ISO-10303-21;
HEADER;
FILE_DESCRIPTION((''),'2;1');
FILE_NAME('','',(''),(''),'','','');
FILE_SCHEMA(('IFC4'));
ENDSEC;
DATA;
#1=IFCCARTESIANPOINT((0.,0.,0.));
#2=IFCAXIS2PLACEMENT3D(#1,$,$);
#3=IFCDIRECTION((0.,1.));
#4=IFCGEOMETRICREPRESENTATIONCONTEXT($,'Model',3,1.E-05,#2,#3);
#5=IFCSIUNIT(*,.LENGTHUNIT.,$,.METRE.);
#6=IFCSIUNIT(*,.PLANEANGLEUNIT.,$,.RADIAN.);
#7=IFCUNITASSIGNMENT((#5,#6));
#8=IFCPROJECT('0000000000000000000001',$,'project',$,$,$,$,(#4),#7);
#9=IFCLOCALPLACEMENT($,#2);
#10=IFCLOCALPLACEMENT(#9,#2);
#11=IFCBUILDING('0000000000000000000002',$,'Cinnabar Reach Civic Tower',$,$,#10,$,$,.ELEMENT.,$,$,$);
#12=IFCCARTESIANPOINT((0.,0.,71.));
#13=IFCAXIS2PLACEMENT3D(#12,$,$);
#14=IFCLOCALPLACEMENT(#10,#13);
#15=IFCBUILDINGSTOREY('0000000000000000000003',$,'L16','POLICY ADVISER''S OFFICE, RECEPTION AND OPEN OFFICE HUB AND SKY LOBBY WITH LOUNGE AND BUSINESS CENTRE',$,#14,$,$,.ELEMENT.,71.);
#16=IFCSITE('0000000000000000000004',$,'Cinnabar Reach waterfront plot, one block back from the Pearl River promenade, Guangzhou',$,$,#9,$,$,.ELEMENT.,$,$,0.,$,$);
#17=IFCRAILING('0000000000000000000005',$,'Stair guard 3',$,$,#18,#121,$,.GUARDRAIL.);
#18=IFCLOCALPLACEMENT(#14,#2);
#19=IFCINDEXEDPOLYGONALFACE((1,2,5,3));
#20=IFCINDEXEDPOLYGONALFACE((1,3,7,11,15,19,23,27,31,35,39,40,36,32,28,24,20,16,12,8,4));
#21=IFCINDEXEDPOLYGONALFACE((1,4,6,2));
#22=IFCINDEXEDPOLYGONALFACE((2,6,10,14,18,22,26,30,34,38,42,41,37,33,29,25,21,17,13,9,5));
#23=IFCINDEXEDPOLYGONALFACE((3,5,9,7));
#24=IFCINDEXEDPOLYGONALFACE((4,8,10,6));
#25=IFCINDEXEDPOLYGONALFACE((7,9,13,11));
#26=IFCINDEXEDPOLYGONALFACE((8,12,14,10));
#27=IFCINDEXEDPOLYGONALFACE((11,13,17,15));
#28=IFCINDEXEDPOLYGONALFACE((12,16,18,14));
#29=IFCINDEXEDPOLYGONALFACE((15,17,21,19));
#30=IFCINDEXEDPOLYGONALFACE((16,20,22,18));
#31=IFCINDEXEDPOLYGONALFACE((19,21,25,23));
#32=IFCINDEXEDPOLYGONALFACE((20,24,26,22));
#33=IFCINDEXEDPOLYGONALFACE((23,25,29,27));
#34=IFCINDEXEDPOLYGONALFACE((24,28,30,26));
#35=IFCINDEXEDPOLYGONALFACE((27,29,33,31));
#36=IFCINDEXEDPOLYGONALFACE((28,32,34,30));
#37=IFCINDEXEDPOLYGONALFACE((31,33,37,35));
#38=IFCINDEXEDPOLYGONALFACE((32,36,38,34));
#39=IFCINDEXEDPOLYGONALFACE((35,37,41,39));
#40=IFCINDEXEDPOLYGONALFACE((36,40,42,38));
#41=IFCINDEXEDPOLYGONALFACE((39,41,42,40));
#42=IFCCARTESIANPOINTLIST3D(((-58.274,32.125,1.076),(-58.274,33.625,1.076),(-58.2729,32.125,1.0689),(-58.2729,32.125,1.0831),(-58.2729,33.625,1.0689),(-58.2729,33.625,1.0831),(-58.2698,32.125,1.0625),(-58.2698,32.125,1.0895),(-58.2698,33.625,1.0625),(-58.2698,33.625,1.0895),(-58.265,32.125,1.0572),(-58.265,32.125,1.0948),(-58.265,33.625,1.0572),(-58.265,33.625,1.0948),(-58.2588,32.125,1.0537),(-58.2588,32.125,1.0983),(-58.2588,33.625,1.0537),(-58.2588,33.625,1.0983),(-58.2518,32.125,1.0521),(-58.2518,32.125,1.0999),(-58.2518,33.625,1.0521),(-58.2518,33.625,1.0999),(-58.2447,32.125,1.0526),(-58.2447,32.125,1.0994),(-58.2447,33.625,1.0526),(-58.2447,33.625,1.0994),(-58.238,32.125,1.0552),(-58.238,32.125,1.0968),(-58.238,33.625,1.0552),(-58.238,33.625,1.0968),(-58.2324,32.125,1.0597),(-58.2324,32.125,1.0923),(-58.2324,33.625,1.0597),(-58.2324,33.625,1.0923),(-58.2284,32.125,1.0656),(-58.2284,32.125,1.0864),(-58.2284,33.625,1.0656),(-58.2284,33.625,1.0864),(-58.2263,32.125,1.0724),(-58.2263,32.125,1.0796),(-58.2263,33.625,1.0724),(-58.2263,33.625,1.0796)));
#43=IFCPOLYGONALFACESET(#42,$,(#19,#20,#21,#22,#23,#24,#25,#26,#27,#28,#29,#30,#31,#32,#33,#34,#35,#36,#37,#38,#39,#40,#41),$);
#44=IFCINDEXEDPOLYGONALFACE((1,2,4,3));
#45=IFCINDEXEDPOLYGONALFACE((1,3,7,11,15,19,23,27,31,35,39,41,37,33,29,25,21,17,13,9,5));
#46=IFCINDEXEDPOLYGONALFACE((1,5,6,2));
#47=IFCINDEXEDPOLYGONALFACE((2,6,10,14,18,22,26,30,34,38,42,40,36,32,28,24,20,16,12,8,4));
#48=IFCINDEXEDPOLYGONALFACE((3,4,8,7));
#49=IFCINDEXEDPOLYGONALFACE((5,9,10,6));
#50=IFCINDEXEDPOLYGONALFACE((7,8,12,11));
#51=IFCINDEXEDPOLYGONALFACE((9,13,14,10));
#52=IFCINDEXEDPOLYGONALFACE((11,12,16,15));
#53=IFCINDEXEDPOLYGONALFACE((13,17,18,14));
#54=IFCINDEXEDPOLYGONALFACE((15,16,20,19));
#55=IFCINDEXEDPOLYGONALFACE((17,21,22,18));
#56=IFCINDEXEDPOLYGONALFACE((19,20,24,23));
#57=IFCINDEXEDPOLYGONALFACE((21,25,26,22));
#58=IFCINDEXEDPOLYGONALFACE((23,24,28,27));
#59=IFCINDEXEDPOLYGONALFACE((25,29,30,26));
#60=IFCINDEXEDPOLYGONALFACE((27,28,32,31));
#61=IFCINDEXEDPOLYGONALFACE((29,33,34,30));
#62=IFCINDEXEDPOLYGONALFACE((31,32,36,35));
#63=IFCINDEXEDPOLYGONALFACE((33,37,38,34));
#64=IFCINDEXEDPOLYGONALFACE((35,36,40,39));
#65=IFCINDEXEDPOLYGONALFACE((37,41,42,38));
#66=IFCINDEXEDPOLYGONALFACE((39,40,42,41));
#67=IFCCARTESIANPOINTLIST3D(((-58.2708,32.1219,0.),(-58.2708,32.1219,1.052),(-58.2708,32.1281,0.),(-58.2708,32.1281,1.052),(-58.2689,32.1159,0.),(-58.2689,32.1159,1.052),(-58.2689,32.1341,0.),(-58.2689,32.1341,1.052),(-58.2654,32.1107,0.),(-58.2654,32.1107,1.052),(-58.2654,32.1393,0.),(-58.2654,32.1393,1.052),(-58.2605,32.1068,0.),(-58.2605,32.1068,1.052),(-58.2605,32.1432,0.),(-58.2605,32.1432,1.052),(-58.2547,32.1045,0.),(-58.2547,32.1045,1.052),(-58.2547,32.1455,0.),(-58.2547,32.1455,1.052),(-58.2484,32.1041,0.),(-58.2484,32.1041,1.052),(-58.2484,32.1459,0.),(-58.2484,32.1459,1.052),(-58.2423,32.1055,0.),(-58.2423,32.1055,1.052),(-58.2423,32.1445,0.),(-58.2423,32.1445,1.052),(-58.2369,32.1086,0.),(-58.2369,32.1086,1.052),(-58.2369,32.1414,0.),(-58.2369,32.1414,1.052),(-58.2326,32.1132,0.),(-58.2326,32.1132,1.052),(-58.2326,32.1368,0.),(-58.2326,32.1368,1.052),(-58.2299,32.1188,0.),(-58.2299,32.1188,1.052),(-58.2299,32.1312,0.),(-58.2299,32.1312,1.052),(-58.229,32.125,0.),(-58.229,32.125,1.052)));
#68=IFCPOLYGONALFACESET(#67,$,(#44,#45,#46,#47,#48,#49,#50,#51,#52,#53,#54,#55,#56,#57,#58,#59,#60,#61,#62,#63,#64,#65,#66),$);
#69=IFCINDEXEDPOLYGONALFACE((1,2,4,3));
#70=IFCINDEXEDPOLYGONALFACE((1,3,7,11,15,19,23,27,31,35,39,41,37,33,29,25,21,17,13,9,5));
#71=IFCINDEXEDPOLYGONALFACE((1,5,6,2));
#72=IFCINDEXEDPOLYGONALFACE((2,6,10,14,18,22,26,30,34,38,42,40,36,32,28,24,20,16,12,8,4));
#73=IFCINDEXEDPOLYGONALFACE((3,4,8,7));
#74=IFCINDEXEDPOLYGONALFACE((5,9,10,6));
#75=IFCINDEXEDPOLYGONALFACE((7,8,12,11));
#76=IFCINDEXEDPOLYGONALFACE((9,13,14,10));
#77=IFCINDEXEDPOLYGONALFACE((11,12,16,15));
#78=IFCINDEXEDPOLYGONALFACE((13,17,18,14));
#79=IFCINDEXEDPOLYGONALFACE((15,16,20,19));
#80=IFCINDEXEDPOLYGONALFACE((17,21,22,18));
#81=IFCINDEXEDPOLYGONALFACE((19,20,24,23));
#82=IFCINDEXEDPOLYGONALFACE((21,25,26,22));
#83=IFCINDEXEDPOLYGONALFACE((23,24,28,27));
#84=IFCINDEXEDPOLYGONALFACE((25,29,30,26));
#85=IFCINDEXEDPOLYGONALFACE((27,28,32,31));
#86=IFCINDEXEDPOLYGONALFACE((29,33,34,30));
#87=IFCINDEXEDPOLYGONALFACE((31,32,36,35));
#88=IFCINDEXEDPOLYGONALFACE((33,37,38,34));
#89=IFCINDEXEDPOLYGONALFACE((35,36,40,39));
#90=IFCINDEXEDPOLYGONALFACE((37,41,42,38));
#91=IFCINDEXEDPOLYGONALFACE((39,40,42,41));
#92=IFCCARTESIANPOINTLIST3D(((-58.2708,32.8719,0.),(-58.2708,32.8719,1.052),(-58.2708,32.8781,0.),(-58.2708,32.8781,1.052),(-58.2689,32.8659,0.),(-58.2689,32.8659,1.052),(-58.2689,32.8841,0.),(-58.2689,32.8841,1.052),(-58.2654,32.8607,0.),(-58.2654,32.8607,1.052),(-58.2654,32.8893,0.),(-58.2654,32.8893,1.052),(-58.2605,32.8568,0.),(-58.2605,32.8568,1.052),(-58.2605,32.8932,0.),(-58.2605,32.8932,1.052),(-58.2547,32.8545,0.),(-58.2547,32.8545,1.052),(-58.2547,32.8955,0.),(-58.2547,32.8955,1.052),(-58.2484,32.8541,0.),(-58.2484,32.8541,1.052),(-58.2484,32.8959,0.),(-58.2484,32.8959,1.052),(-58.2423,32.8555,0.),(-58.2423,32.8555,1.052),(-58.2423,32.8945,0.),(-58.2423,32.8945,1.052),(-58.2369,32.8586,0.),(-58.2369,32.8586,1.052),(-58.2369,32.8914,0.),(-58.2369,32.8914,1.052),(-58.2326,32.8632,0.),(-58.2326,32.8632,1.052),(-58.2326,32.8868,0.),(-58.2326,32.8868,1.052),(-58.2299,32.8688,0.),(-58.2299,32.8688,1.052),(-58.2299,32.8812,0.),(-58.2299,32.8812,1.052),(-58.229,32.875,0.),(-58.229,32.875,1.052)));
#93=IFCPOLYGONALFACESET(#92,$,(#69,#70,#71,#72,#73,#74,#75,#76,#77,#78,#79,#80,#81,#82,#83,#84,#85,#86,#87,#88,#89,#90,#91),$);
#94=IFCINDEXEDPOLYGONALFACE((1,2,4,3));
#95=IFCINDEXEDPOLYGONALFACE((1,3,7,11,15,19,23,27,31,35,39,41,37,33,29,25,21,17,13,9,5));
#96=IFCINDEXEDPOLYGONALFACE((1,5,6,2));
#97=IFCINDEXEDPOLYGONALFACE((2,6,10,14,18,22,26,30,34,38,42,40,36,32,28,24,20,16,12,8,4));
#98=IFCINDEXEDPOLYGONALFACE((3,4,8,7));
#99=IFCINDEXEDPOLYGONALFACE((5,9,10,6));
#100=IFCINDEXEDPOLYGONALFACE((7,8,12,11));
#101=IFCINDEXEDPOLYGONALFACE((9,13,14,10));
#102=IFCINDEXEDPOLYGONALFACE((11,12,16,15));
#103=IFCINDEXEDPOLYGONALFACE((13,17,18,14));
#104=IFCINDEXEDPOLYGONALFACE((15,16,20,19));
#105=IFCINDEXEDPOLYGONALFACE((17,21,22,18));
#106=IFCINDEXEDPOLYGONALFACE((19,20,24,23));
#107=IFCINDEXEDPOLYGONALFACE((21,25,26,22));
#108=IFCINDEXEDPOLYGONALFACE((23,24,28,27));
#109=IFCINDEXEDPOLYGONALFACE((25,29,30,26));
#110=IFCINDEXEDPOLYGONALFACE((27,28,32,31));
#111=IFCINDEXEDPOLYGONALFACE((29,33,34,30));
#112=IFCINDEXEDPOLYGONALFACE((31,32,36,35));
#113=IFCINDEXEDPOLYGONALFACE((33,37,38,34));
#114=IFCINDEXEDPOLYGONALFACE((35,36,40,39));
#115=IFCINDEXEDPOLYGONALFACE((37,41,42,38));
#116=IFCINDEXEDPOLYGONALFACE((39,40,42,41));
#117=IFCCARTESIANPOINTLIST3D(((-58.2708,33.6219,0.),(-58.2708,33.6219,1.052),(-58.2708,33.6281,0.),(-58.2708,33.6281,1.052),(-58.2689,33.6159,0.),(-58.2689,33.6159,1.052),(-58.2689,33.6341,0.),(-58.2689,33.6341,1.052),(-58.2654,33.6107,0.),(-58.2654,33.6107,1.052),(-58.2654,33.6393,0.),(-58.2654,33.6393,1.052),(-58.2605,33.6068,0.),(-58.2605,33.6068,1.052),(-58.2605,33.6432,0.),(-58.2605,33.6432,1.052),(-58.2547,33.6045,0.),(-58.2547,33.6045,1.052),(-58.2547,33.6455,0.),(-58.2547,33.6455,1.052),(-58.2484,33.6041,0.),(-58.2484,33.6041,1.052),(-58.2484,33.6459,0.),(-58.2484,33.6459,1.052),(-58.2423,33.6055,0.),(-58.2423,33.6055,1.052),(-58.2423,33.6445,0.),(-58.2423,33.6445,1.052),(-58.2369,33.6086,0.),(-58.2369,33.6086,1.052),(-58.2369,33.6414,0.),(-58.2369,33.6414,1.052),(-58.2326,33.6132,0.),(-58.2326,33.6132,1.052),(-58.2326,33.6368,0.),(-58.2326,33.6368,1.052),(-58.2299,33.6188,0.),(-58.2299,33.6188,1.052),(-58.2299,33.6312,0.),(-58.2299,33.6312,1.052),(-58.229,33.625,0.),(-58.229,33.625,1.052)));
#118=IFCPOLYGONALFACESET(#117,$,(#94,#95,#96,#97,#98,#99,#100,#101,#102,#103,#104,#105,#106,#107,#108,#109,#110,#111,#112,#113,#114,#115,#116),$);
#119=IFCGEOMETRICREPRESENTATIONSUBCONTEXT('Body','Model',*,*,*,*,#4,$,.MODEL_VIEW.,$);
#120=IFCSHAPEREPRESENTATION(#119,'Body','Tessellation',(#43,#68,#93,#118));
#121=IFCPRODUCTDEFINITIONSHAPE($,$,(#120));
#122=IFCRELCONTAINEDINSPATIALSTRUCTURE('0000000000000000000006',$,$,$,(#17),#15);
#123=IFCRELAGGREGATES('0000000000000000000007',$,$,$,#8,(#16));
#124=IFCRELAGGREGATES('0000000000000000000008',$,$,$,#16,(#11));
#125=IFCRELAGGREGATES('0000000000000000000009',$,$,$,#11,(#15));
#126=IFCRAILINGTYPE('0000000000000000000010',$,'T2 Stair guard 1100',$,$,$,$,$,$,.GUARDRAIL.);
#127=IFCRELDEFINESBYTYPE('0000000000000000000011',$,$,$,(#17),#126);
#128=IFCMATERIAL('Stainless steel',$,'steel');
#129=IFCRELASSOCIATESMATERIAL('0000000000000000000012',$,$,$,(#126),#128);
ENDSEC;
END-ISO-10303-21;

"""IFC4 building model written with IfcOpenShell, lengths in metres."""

from ifc_helpers import new_model, si_unit, direction, frame, origin, origin_2d, place, context, subcontext, project, spatial, circle, extrude, material, type_object, element, save


model = new_model("IFC4")

# Units and contexts
model_context = context("Model", 3, precision=1e-05, world=origin(), true_north=direction((0.0, 1.0)))
body_context = subcontext(model_context, "Body", "Model", "MODEL_VIEW")
ifc_project = project(units=[si_unit("LENGTHUNIT", "METRE"), si_unit("PLANEANGLEUNIT", "RADIAN")], contexts=[model_context])

# Site, building, storey
site_placement = place(None, origin())
site = spatial("IfcSite", under=ifc_project, at=site_placement, Name="Cinnabar Reach waterfront plot, one block back from the Pearl River promenade, Guangzhou", CompositionType="ELEMENT", RefElevation=0.0)
building_placement = place(site_placement, origin())
building = spatial("IfcBuilding", under=site, at=building_placement, Name="Cinnabar Reach Civic Tower", CompositionType="ELEMENT")
storey_placement = place(building_placement, frame((0.0, 0.0, 71.0)))
storey = spatial("IfcBuildingStorey", under=building, at=storey_placement, Name="L16", Description="POLICY ADVISER'S OFFICE, RECEPTION AND OPEN OFFICE HUB AND SKY LOBBY WITH LOUNGE AND BUSINESS CENTRE", CompositionType="ELEMENT", Elevation=71.0)

# Railing
ifc_material_1 = material(Name="Stainless steel", Category="steel")
railing_type = type_object("IfcRailingType", Name="T2 Stair guard 1100", PredefinedType="GUARDRAIL", material=ifc_material_1)
railing_1_placement = place(storey_placement, frame((-58.25, 32.125, 0.0)))
element("IfcRailing", 1, at=railing_1_placement, inside=storey, type_object=railing_type, Name="Stair guard 3", PredefinedType="GUARDRAIL", context=body_context, shape_type="SweptSolid", body=[
    extrude(circle(Radius=0.024, at=origin_2d()), frame((0.0, 0.0, 1.076), z_axis=(0.0, 1.0, 0.0), x_axis=(-1.0, 0.0, 0.0)), (0.0, 0.0, 1.0), 1.5),
    extrude(circle(Radius=0.021, at=origin_2d()), origin(), (0.0, 0.0, 1.0), 1.052),
    extrude(circle(Radius=0.021, at=origin_2d()), frame((0.0, 0.75, 0.0)), (0.0, 0.0, 1.0), 1.052),
    extrude(circle(Radius=0.021, at=origin_2d()), frame((0.0, 1.5, 0.0)), (0.0, 0.0, 1.0), 1.052),
])

save(model, "model.ifc")
